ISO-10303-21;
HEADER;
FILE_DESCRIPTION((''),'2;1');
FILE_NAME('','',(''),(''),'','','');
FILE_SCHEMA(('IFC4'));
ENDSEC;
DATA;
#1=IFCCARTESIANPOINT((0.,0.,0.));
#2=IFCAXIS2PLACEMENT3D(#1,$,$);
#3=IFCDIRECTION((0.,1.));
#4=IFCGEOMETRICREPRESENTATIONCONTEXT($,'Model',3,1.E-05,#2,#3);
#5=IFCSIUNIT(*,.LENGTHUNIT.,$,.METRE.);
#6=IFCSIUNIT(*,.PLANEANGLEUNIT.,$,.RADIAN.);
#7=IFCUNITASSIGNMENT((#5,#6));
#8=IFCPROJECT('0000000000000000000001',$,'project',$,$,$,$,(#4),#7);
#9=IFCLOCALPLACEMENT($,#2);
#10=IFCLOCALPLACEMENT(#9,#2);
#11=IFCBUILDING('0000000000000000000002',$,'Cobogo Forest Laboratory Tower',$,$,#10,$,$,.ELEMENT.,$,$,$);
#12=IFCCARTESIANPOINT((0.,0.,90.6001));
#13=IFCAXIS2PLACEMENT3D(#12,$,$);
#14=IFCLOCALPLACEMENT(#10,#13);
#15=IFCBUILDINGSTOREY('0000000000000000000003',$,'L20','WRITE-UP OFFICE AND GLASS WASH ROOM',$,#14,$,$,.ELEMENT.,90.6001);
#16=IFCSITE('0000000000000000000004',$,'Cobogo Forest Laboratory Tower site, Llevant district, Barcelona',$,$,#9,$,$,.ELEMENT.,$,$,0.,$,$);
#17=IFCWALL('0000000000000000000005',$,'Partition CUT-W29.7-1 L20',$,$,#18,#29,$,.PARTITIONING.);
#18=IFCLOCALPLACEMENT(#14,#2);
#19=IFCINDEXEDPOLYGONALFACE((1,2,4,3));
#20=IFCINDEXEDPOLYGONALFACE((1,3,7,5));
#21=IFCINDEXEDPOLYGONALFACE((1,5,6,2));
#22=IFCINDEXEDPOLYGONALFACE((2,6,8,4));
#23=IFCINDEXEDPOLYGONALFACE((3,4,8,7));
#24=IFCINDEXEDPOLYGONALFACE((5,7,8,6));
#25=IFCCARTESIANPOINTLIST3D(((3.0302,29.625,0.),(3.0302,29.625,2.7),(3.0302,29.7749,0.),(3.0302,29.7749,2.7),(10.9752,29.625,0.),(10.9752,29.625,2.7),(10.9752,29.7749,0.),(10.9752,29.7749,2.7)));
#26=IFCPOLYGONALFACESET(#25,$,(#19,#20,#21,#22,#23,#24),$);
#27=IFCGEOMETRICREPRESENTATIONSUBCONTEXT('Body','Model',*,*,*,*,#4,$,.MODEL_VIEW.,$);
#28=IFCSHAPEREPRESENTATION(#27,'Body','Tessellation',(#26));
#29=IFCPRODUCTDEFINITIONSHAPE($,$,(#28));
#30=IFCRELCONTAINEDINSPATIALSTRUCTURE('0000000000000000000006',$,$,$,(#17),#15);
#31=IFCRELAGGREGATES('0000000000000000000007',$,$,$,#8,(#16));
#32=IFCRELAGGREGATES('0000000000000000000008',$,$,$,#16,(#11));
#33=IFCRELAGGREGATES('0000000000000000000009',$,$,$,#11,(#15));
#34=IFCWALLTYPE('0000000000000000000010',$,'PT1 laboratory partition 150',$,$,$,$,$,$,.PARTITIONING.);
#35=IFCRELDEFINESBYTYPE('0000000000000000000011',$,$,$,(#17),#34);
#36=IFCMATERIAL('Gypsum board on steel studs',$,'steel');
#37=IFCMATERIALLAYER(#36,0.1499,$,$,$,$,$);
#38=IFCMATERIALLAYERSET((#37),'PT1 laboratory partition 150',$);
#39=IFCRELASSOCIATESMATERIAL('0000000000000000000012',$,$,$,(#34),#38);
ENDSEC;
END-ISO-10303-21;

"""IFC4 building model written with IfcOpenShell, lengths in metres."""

from ifc_helpers import new_model, si_unit, direction, frame, frame_2d, origin, place, context, subcontext, project, spatial, rectangle, extrude, material, layer, layer_set, type_object, element, save


model = new_model("IFC4")

# Units and contexts
model_context = context("Model", 3, precision=1e-05, world=origin(), true_north=direction((0.0, 1.0)))
body_context = subcontext(model_context, "Body", "Model", "MODEL_VIEW")
ifc_project = project(units=[si_unit("LENGTHUNIT", "METRE"), si_unit("PLANEANGLEUNIT", "RADIAN")], contexts=[model_context])

# Site, building, storey
site_placement = place(None, origin())
site = spatial("IfcSite", under=ifc_project, at=site_placement, Name="Cobogo Forest Laboratory Tower site, Llevant district, Barcelona", CompositionType="ELEMENT", RefElevation=0.0)
building_placement = place(site_placement, origin())
building = spatial("IfcBuilding", under=site, at=building_placement, Name="Cobogo Forest Laboratory Tower", CompositionType="ELEMENT")
storey_placement = place(building_placement, frame((0.0, 0.0, 90.6001)))
storey = spatial("IfcBuildingStorey", under=building, at=storey_placement, Name="L20", Description="WRITE-UP OFFICE AND GLASS WASH ROOM", CompositionType="ELEMENT", Elevation=90.6001)

# Wall
ifc_material_1 = material(Name="Gypsum board on steel studs", Category="steel")
ifc_layer_1 = layer(ifc_material_1, 0.1499)
ifc_layer_set_1 = layer_set([ifc_layer_1], Name="PT1 laboratory partition 150")
wall_type = type_object("IfcWallType", Name="PT1 laboratory partition 150", PredefinedType="PARTITIONING", material=ifc_layer_set_1)
wall_placement = place(storey_placement, frame((3.03, 29.7, 0.0), z_axis=(0.0, 0.0, 1.0), x_axis=(1.0, 0.0, 0.0)))
element("IfcWall", 1, at=wall_placement, inside=storey, type_object=wall_type, Name="Partition CUT-W29.7-1 L20", PredefinedType="PARTITIONING", context=body_context, shape_type="SweptSolid", body=[
    extrude(rectangle(XDim=7.9451, YDim=0.1499, at=frame_2d((3.9727, 0.0))), origin(), (0.0, 0.0, 1.0), 2.7),
])

save(model, "model.ifc")
